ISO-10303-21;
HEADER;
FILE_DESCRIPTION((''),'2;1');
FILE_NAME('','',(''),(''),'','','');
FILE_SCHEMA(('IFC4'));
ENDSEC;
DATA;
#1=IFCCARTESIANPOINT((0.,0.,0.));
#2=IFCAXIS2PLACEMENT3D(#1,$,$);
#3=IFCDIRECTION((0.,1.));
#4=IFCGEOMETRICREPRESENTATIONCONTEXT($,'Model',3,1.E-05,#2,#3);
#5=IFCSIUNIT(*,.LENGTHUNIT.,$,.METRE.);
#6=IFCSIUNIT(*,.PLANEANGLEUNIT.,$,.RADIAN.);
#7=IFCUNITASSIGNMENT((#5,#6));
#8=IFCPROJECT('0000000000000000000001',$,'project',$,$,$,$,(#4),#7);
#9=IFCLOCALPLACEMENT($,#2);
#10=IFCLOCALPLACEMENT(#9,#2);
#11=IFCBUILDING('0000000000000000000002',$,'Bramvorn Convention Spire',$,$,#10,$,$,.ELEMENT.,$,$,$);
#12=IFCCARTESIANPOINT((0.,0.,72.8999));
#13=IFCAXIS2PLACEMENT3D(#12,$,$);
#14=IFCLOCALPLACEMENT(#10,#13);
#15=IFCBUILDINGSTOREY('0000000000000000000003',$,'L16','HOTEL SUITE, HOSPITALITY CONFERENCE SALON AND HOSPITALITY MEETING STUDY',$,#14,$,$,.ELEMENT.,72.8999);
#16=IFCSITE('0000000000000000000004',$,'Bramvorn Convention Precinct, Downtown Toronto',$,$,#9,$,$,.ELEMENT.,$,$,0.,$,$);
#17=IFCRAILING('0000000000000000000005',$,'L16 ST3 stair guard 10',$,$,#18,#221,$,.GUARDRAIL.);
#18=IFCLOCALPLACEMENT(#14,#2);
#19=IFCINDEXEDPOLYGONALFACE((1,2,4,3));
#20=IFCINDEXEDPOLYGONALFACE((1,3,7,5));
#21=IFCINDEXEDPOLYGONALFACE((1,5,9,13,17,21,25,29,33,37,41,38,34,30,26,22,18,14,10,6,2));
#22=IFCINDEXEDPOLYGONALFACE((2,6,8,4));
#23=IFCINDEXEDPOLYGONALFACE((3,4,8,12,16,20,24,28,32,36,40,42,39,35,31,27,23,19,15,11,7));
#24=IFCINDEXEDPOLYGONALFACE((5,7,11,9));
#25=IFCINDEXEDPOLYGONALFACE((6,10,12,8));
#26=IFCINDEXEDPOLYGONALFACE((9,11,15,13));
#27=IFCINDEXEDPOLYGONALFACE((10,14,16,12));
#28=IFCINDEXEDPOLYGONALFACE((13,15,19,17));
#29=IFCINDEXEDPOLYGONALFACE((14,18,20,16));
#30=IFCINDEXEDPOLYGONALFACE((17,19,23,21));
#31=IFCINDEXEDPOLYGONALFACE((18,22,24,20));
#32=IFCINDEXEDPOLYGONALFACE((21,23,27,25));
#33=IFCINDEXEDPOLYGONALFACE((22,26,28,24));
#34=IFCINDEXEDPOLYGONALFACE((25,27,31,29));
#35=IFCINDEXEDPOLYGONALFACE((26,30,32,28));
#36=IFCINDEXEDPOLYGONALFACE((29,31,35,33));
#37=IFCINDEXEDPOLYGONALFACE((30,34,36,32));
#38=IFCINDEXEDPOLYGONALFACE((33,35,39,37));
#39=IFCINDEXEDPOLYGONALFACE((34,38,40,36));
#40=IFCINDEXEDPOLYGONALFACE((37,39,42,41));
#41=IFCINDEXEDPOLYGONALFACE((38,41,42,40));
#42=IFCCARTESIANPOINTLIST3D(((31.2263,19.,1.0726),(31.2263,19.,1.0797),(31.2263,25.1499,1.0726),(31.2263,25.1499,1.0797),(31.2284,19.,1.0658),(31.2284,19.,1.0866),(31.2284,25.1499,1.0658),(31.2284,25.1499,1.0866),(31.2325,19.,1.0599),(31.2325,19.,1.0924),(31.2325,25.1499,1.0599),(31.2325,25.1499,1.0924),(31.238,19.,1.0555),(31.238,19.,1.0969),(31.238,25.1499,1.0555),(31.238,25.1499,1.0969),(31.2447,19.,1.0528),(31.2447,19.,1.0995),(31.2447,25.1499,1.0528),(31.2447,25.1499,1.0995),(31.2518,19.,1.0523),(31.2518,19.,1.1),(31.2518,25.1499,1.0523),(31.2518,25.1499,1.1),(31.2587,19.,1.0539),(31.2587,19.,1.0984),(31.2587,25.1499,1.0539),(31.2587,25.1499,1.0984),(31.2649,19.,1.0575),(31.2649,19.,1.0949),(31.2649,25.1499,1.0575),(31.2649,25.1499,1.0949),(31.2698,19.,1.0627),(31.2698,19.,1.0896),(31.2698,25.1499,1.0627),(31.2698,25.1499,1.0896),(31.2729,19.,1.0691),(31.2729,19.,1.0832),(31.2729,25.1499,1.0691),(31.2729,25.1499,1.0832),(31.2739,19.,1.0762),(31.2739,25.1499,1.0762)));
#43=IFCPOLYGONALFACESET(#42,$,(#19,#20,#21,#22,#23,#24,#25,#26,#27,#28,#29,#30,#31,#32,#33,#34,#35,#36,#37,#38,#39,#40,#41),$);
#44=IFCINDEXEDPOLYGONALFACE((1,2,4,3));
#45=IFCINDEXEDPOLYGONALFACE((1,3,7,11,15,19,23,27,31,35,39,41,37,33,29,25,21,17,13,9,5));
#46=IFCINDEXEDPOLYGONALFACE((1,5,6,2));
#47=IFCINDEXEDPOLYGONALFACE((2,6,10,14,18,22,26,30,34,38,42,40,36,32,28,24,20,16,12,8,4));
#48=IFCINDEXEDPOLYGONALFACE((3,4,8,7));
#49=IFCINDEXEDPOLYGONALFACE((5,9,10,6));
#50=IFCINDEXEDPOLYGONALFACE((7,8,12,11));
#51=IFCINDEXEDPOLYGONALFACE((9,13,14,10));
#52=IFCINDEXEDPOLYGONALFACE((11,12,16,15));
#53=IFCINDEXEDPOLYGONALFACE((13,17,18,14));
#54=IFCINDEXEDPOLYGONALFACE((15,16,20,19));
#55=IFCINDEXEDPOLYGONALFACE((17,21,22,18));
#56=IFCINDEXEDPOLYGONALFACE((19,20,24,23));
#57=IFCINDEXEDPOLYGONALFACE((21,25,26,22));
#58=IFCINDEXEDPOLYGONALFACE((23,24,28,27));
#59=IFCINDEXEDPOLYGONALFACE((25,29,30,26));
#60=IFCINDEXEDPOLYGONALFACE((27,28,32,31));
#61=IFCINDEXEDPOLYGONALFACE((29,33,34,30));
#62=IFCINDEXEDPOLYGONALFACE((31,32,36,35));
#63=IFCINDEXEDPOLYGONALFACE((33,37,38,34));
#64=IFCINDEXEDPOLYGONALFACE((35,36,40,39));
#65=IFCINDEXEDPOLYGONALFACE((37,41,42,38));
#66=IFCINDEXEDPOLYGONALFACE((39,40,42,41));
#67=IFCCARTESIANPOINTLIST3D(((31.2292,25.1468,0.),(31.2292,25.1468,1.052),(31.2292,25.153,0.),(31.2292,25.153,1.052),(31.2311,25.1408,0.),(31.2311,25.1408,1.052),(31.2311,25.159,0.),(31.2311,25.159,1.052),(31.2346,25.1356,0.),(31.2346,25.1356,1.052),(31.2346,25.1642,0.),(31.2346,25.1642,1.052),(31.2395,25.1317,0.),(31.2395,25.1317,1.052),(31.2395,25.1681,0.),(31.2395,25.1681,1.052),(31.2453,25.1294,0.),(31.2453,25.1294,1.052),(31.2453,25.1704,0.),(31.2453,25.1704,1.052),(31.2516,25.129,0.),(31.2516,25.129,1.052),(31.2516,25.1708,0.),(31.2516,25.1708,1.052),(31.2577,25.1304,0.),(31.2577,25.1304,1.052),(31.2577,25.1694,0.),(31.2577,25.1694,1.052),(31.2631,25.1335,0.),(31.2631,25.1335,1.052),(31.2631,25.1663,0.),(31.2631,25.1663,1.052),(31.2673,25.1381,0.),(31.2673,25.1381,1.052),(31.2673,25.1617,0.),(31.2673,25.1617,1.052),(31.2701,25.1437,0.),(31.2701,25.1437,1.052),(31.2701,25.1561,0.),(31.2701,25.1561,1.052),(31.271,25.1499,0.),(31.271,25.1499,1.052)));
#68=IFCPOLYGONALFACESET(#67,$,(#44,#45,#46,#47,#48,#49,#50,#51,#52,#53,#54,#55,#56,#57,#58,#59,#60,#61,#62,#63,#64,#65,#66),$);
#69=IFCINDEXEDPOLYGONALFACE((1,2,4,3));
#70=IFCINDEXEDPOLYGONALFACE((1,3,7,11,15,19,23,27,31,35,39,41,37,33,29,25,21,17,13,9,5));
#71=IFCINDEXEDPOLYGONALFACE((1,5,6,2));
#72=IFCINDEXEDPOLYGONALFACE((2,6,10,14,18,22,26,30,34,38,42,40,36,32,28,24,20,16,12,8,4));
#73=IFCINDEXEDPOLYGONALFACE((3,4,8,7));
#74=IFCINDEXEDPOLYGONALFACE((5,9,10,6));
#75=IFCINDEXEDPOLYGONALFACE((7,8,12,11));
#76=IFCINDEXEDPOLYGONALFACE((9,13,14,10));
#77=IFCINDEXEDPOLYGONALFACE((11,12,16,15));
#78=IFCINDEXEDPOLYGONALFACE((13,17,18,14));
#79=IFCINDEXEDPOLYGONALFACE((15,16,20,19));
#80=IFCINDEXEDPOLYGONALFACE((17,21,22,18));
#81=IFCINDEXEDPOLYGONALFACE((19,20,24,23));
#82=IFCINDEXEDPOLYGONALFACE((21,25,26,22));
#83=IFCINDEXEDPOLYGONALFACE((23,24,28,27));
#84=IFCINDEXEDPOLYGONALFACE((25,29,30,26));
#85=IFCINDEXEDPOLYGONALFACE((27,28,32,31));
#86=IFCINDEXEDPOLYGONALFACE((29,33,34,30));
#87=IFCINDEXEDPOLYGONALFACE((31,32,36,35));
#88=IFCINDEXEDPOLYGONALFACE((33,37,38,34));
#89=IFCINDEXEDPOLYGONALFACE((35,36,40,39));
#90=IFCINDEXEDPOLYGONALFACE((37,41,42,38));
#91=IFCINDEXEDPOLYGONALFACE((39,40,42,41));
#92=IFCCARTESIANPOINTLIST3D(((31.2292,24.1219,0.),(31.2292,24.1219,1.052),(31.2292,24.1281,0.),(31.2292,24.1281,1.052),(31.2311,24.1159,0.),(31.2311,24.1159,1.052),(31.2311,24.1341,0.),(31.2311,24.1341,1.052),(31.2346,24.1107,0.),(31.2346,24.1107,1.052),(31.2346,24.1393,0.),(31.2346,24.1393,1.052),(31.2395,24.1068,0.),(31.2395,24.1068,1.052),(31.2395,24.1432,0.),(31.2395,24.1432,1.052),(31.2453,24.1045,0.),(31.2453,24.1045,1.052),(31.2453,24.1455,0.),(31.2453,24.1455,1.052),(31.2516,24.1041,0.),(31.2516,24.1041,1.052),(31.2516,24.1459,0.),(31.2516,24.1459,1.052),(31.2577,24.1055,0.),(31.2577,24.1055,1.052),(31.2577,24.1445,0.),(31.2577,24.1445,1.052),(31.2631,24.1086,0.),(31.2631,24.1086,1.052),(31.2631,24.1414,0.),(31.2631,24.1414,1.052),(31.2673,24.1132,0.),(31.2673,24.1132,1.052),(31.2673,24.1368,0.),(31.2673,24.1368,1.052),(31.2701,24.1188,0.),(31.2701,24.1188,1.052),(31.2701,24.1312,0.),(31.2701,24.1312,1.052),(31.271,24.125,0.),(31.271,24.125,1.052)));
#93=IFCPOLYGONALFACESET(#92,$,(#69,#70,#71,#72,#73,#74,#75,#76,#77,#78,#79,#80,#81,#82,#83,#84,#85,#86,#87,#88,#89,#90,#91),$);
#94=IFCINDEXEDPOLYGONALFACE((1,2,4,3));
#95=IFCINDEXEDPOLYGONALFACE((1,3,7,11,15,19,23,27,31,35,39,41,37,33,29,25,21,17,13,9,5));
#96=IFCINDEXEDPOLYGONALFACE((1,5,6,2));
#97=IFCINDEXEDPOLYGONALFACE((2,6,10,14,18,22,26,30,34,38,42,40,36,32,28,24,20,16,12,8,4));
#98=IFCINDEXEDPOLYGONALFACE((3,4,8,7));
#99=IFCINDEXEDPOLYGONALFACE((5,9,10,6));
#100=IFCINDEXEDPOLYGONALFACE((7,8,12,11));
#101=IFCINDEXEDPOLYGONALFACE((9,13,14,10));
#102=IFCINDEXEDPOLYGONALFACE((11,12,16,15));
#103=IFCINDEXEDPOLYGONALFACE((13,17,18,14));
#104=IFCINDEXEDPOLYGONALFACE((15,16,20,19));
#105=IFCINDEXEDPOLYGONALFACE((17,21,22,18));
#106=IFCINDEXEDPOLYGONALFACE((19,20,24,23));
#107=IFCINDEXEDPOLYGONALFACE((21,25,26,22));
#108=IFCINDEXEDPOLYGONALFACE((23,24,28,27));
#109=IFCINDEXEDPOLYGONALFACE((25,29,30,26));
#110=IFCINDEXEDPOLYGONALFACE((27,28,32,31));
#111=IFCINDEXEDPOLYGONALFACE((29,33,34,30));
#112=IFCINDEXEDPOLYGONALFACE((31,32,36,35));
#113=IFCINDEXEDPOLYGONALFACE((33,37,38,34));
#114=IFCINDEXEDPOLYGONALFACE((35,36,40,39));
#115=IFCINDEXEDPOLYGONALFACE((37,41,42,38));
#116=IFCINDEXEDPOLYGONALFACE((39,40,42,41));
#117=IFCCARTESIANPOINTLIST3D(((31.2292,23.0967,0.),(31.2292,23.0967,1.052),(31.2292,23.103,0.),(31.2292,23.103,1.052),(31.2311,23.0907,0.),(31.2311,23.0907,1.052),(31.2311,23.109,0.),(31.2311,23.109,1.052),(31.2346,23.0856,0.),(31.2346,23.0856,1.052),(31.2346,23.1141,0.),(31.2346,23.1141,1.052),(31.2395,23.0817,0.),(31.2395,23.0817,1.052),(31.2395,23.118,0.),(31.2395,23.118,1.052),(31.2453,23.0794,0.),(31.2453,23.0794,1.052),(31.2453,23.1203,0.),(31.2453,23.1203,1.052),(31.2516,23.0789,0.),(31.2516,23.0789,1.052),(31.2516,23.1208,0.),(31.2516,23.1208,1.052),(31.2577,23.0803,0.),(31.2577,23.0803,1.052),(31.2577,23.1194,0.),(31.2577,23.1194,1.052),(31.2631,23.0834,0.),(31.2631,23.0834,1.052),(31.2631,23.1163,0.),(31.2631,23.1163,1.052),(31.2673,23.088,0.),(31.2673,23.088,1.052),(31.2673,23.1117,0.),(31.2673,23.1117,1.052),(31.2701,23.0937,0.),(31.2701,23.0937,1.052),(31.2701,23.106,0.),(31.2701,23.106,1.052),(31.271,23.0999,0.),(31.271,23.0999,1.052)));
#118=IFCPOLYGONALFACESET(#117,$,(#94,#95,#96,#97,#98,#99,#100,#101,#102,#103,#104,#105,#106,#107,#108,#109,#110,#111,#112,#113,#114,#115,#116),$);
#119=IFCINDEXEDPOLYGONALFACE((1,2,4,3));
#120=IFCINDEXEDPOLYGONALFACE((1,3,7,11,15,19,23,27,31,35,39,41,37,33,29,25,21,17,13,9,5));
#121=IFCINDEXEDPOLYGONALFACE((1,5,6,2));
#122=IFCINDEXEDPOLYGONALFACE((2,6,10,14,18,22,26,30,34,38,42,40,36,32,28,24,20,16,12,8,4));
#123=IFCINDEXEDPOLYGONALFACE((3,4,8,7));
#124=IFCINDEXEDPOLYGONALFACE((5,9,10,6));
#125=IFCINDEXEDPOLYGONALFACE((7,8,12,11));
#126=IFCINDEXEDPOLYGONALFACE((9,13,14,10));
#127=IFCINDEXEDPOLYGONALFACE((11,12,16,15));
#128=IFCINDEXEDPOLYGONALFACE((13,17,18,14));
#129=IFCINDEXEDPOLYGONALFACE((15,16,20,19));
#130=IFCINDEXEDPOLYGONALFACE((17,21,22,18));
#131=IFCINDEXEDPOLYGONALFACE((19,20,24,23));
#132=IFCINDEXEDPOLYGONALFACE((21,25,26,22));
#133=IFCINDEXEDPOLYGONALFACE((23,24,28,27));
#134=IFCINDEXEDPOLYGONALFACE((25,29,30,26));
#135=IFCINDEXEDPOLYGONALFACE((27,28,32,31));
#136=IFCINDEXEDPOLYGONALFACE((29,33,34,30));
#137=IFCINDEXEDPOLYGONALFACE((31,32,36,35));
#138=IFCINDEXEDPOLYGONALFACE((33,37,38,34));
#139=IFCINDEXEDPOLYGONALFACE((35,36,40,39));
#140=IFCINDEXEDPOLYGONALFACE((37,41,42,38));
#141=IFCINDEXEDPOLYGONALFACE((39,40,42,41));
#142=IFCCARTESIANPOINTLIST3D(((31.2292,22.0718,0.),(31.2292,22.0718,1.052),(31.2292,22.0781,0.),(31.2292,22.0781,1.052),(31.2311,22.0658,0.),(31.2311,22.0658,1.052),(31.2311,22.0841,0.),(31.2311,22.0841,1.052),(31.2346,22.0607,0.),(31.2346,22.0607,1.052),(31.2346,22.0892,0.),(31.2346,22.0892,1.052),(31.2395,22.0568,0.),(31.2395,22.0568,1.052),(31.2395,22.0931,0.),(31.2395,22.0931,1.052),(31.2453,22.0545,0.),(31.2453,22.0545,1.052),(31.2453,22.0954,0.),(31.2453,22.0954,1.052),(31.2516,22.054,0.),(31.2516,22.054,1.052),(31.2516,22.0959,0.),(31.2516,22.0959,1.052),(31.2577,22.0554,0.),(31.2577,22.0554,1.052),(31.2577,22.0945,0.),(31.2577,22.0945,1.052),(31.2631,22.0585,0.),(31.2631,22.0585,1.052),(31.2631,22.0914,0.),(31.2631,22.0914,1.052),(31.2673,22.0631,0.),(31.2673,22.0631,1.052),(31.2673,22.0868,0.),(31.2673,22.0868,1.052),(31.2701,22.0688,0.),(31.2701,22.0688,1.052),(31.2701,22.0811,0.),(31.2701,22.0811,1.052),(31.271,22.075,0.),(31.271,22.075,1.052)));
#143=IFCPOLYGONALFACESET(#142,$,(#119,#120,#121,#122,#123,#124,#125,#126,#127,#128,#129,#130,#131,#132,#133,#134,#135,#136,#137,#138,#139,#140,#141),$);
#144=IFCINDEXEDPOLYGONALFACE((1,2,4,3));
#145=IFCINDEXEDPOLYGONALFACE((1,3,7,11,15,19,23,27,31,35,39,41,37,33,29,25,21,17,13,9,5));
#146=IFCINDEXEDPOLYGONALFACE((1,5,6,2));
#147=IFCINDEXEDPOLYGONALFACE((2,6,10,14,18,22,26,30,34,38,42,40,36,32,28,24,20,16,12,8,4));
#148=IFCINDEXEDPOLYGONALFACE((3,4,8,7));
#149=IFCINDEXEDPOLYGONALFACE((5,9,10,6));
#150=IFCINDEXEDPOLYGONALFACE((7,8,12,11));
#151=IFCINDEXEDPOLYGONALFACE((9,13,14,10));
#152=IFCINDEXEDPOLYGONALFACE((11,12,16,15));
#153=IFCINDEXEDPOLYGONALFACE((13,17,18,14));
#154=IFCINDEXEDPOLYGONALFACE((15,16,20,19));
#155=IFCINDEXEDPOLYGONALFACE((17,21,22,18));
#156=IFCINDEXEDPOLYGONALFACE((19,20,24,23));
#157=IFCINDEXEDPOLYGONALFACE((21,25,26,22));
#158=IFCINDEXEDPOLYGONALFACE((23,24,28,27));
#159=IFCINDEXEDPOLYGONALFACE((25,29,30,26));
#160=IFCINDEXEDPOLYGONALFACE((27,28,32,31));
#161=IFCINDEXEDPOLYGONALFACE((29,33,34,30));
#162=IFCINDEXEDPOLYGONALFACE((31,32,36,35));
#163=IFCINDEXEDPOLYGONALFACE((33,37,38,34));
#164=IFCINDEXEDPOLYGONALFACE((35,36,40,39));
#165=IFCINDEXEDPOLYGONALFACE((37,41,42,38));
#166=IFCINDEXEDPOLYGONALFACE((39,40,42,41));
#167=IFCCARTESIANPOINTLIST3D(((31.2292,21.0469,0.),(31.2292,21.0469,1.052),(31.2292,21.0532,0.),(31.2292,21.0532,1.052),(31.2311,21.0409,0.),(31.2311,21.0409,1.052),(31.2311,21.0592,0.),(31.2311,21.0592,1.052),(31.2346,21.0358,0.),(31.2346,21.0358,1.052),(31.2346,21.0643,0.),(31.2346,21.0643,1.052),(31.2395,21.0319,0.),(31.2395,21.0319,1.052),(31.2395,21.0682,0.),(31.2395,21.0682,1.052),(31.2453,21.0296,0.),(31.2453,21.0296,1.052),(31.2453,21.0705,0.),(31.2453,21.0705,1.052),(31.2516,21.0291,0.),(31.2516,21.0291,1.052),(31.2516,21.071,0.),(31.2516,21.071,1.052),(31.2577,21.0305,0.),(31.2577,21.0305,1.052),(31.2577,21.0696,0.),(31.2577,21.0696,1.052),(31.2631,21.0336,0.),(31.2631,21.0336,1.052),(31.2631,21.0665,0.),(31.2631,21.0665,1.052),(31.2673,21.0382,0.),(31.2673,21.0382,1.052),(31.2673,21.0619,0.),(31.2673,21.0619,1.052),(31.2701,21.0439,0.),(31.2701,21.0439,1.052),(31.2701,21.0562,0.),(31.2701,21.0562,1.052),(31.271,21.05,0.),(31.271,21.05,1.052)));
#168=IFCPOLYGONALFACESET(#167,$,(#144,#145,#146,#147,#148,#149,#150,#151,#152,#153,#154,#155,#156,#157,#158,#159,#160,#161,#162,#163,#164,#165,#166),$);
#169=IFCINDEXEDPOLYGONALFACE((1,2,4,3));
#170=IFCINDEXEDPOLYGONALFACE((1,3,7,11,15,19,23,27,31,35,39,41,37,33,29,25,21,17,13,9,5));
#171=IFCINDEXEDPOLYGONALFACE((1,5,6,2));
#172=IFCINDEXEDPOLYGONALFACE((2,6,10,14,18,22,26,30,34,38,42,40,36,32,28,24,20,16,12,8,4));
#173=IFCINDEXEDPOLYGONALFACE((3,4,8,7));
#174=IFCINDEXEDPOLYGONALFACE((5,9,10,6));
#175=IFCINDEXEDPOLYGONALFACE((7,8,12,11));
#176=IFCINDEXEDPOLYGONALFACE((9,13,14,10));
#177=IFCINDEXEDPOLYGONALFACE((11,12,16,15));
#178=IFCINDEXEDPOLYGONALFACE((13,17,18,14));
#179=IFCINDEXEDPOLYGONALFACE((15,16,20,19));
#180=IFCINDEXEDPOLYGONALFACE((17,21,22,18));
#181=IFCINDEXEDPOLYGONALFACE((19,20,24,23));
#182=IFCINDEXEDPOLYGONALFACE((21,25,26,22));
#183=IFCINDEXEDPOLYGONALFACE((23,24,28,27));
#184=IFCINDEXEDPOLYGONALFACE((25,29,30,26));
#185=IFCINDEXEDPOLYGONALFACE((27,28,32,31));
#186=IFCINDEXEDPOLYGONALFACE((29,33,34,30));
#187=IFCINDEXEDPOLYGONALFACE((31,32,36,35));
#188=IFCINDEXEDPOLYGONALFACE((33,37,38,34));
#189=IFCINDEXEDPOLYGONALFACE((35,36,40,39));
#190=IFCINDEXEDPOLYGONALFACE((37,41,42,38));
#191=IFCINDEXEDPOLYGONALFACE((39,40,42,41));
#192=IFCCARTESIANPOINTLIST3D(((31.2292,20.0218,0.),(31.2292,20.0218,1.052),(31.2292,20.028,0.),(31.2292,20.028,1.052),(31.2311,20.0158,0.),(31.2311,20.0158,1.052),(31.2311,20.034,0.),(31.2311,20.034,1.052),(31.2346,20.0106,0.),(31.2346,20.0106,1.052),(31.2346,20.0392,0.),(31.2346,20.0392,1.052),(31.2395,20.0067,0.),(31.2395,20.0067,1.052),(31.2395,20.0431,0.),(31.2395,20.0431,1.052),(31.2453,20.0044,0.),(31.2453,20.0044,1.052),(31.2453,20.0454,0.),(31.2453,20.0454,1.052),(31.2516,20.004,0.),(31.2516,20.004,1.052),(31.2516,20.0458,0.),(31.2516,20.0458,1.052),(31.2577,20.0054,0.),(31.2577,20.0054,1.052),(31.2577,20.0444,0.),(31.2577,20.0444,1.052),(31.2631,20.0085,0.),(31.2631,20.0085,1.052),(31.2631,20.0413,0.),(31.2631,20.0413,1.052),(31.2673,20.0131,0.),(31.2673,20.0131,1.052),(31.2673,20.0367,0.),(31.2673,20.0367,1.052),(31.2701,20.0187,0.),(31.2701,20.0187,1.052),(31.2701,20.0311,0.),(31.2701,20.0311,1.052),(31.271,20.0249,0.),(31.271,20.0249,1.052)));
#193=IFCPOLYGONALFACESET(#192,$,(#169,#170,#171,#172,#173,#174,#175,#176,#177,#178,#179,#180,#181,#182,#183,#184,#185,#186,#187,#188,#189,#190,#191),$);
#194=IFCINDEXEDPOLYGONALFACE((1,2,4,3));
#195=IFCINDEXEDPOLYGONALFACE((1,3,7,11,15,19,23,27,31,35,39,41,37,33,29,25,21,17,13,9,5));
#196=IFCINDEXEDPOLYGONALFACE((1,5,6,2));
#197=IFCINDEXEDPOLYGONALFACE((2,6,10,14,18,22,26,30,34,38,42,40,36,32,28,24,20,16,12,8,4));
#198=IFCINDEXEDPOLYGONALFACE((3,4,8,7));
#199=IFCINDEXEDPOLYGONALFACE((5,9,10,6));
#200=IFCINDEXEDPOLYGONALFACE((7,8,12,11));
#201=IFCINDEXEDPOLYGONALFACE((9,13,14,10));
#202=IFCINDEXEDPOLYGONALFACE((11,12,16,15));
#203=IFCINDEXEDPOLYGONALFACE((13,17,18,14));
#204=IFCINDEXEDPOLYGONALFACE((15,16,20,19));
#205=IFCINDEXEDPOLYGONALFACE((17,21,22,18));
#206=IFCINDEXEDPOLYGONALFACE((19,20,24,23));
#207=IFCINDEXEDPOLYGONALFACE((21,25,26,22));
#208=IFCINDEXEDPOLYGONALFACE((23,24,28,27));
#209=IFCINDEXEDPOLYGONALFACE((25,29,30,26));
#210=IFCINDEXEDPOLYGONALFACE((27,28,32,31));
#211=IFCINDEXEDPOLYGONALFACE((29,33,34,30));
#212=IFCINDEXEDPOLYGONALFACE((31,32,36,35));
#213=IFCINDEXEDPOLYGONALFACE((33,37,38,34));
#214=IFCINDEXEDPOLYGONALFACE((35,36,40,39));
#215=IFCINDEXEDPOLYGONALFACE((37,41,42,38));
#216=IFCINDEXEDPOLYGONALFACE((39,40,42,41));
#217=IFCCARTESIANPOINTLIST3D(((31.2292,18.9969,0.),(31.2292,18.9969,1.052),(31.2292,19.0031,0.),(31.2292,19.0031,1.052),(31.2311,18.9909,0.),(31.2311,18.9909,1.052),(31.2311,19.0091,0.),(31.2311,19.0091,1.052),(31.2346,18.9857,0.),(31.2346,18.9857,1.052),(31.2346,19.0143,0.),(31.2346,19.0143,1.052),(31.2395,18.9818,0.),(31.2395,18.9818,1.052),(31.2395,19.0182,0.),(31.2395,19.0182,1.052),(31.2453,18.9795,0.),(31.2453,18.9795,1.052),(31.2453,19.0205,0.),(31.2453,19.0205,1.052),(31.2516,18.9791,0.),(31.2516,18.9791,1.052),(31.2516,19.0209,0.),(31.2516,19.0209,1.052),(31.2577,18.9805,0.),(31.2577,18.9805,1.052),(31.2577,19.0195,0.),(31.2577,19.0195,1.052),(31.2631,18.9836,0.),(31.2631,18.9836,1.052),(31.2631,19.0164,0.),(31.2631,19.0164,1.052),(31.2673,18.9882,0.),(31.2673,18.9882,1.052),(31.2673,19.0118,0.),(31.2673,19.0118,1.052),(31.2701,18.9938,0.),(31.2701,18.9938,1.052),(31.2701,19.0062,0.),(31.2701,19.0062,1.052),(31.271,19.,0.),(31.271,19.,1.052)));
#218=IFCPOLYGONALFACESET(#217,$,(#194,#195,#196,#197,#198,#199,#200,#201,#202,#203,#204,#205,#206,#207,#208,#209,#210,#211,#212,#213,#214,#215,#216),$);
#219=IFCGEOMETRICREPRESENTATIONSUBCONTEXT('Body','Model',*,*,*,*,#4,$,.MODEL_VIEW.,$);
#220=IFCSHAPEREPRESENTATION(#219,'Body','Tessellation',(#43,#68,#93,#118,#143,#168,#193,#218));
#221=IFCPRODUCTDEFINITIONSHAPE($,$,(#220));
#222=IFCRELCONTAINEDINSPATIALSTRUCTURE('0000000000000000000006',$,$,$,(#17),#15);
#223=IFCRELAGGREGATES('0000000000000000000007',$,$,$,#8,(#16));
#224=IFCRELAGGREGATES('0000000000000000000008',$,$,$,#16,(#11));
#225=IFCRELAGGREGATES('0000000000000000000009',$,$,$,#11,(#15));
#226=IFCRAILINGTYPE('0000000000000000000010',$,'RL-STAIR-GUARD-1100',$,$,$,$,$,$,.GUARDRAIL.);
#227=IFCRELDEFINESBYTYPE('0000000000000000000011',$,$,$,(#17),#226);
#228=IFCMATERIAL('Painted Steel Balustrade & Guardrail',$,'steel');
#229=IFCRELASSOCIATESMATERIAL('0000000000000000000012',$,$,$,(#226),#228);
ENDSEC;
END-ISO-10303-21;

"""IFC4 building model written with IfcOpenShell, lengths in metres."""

from ifc_helpers import new_model, si_unit, direction, frame, origin, origin_2d, place, context, subcontext, project, spatial, circle, extrude, material, type_object, element, save


model = new_model("IFC4")

# Units and contexts
model_context = context("Model", 3, precision=1e-05, world=origin(), true_north=direction((0.0, 1.0)))
body_context = subcontext(model_context, "Body", "Model", "MODEL_VIEW")
ifc_project = project(units=[si_unit("LENGTHUNIT", "METRE"), si_unit("PLANEANGLEUNIT", "RADIAN")], contexts=[model_context])

# Site, building, storey
site_placement = place(None, origin())
site = spatial("IfcSite", under=ifc_project, at=site_placement, Name="Bramvorn Convention Precinct, Downtown Toronto", CompositionType="ELEMENT", RefElevation=0.0)
building_placement = place(site_placement, origin())
building = spatial("IfcBuilding", under=site, at=building_placement, Name="Bramvorn Convention Spire", CompositionType="ELEMENT")
storey_placement = place(building_placement, frame((0.0, 0.0, 72.8999)))
storey = spatial("IfcBuildingStorey", under=building, at=storey_placement, Name="L16", Description="HOTEL SUITE, HOSPITALITY CONFERENCE SALON AND HOSPITALITY MEETING STUDY", CompositionType="ELEMENT", Elevation=72.8999)

# Railing
ifc_material_1 = material(Name="Painted Steel Balustrade & Guardrail", Category="steel")
railing_type = type_object("IfcRailingType", Name="RL-STAIR-GUARD-1100", PredefinedType="GUARDRAIL", material=ifc_material_1)
railing_1_placement = place(storey_placement, frame((31.25, 25.1499, 0.0)))
element("IfcRailing", 1, at=railing_1_placement, inside=storey, type_object=railing_type, Name="L16 ST3 stair guard 10", PredefinedType="GUARDRAIL", context=body_context, shape_type="SweptSolid", body=[
    extrude(circle(Radius=0.0239, at=origin_2d()), frame((0.0, 0.0, 1.0762), z_axis=(0.0, -1.0, 0.0), x_axis=(1.0, 0.0, 0.0)), (0.0, 0.0, 1.0), 6.1499),
    extrude(circle(Radius=0.021, at=origin_2d()), origin(), (0.0, 0.0, 1.0), 1.052),
    extrude(circle(Radius=0.021, at=origin_2d()), frame((0.0, -1.0249, 0.0)), (0.0, 0.0, 1.0), 1.052),
    extrude(circle(Radius=0.021, at=origin_2d()), frame((0.0, -2.05, 0.0)), (0.0, 0.0, 1.0), 1.052),
    extrude(circle(Radius=0.021, at=origin_2d()), frame((0.0, -3.075, 0.0)), (0.0, 0.0, 1.0), 1.052),
    extrude(circle(Radius=0.021, at=origin_2d()), frame((0.0, -4.0999, 0.0)), (0.0, 0.0, 1.0), 1.052),
    extrude(circle(Radius=0.021, at=origin_2d()), frame((0.0, -5.125, 0.0)), (0.0, 0.0, 1.0), 1.052),
    extrude(circle(Radius=0.021, at=origin_2d()), frame((0.0, -6.1499, 0.0)), (0.0, 0.0, 1.0), 1.052),
])

save(model, "model.ifc")
